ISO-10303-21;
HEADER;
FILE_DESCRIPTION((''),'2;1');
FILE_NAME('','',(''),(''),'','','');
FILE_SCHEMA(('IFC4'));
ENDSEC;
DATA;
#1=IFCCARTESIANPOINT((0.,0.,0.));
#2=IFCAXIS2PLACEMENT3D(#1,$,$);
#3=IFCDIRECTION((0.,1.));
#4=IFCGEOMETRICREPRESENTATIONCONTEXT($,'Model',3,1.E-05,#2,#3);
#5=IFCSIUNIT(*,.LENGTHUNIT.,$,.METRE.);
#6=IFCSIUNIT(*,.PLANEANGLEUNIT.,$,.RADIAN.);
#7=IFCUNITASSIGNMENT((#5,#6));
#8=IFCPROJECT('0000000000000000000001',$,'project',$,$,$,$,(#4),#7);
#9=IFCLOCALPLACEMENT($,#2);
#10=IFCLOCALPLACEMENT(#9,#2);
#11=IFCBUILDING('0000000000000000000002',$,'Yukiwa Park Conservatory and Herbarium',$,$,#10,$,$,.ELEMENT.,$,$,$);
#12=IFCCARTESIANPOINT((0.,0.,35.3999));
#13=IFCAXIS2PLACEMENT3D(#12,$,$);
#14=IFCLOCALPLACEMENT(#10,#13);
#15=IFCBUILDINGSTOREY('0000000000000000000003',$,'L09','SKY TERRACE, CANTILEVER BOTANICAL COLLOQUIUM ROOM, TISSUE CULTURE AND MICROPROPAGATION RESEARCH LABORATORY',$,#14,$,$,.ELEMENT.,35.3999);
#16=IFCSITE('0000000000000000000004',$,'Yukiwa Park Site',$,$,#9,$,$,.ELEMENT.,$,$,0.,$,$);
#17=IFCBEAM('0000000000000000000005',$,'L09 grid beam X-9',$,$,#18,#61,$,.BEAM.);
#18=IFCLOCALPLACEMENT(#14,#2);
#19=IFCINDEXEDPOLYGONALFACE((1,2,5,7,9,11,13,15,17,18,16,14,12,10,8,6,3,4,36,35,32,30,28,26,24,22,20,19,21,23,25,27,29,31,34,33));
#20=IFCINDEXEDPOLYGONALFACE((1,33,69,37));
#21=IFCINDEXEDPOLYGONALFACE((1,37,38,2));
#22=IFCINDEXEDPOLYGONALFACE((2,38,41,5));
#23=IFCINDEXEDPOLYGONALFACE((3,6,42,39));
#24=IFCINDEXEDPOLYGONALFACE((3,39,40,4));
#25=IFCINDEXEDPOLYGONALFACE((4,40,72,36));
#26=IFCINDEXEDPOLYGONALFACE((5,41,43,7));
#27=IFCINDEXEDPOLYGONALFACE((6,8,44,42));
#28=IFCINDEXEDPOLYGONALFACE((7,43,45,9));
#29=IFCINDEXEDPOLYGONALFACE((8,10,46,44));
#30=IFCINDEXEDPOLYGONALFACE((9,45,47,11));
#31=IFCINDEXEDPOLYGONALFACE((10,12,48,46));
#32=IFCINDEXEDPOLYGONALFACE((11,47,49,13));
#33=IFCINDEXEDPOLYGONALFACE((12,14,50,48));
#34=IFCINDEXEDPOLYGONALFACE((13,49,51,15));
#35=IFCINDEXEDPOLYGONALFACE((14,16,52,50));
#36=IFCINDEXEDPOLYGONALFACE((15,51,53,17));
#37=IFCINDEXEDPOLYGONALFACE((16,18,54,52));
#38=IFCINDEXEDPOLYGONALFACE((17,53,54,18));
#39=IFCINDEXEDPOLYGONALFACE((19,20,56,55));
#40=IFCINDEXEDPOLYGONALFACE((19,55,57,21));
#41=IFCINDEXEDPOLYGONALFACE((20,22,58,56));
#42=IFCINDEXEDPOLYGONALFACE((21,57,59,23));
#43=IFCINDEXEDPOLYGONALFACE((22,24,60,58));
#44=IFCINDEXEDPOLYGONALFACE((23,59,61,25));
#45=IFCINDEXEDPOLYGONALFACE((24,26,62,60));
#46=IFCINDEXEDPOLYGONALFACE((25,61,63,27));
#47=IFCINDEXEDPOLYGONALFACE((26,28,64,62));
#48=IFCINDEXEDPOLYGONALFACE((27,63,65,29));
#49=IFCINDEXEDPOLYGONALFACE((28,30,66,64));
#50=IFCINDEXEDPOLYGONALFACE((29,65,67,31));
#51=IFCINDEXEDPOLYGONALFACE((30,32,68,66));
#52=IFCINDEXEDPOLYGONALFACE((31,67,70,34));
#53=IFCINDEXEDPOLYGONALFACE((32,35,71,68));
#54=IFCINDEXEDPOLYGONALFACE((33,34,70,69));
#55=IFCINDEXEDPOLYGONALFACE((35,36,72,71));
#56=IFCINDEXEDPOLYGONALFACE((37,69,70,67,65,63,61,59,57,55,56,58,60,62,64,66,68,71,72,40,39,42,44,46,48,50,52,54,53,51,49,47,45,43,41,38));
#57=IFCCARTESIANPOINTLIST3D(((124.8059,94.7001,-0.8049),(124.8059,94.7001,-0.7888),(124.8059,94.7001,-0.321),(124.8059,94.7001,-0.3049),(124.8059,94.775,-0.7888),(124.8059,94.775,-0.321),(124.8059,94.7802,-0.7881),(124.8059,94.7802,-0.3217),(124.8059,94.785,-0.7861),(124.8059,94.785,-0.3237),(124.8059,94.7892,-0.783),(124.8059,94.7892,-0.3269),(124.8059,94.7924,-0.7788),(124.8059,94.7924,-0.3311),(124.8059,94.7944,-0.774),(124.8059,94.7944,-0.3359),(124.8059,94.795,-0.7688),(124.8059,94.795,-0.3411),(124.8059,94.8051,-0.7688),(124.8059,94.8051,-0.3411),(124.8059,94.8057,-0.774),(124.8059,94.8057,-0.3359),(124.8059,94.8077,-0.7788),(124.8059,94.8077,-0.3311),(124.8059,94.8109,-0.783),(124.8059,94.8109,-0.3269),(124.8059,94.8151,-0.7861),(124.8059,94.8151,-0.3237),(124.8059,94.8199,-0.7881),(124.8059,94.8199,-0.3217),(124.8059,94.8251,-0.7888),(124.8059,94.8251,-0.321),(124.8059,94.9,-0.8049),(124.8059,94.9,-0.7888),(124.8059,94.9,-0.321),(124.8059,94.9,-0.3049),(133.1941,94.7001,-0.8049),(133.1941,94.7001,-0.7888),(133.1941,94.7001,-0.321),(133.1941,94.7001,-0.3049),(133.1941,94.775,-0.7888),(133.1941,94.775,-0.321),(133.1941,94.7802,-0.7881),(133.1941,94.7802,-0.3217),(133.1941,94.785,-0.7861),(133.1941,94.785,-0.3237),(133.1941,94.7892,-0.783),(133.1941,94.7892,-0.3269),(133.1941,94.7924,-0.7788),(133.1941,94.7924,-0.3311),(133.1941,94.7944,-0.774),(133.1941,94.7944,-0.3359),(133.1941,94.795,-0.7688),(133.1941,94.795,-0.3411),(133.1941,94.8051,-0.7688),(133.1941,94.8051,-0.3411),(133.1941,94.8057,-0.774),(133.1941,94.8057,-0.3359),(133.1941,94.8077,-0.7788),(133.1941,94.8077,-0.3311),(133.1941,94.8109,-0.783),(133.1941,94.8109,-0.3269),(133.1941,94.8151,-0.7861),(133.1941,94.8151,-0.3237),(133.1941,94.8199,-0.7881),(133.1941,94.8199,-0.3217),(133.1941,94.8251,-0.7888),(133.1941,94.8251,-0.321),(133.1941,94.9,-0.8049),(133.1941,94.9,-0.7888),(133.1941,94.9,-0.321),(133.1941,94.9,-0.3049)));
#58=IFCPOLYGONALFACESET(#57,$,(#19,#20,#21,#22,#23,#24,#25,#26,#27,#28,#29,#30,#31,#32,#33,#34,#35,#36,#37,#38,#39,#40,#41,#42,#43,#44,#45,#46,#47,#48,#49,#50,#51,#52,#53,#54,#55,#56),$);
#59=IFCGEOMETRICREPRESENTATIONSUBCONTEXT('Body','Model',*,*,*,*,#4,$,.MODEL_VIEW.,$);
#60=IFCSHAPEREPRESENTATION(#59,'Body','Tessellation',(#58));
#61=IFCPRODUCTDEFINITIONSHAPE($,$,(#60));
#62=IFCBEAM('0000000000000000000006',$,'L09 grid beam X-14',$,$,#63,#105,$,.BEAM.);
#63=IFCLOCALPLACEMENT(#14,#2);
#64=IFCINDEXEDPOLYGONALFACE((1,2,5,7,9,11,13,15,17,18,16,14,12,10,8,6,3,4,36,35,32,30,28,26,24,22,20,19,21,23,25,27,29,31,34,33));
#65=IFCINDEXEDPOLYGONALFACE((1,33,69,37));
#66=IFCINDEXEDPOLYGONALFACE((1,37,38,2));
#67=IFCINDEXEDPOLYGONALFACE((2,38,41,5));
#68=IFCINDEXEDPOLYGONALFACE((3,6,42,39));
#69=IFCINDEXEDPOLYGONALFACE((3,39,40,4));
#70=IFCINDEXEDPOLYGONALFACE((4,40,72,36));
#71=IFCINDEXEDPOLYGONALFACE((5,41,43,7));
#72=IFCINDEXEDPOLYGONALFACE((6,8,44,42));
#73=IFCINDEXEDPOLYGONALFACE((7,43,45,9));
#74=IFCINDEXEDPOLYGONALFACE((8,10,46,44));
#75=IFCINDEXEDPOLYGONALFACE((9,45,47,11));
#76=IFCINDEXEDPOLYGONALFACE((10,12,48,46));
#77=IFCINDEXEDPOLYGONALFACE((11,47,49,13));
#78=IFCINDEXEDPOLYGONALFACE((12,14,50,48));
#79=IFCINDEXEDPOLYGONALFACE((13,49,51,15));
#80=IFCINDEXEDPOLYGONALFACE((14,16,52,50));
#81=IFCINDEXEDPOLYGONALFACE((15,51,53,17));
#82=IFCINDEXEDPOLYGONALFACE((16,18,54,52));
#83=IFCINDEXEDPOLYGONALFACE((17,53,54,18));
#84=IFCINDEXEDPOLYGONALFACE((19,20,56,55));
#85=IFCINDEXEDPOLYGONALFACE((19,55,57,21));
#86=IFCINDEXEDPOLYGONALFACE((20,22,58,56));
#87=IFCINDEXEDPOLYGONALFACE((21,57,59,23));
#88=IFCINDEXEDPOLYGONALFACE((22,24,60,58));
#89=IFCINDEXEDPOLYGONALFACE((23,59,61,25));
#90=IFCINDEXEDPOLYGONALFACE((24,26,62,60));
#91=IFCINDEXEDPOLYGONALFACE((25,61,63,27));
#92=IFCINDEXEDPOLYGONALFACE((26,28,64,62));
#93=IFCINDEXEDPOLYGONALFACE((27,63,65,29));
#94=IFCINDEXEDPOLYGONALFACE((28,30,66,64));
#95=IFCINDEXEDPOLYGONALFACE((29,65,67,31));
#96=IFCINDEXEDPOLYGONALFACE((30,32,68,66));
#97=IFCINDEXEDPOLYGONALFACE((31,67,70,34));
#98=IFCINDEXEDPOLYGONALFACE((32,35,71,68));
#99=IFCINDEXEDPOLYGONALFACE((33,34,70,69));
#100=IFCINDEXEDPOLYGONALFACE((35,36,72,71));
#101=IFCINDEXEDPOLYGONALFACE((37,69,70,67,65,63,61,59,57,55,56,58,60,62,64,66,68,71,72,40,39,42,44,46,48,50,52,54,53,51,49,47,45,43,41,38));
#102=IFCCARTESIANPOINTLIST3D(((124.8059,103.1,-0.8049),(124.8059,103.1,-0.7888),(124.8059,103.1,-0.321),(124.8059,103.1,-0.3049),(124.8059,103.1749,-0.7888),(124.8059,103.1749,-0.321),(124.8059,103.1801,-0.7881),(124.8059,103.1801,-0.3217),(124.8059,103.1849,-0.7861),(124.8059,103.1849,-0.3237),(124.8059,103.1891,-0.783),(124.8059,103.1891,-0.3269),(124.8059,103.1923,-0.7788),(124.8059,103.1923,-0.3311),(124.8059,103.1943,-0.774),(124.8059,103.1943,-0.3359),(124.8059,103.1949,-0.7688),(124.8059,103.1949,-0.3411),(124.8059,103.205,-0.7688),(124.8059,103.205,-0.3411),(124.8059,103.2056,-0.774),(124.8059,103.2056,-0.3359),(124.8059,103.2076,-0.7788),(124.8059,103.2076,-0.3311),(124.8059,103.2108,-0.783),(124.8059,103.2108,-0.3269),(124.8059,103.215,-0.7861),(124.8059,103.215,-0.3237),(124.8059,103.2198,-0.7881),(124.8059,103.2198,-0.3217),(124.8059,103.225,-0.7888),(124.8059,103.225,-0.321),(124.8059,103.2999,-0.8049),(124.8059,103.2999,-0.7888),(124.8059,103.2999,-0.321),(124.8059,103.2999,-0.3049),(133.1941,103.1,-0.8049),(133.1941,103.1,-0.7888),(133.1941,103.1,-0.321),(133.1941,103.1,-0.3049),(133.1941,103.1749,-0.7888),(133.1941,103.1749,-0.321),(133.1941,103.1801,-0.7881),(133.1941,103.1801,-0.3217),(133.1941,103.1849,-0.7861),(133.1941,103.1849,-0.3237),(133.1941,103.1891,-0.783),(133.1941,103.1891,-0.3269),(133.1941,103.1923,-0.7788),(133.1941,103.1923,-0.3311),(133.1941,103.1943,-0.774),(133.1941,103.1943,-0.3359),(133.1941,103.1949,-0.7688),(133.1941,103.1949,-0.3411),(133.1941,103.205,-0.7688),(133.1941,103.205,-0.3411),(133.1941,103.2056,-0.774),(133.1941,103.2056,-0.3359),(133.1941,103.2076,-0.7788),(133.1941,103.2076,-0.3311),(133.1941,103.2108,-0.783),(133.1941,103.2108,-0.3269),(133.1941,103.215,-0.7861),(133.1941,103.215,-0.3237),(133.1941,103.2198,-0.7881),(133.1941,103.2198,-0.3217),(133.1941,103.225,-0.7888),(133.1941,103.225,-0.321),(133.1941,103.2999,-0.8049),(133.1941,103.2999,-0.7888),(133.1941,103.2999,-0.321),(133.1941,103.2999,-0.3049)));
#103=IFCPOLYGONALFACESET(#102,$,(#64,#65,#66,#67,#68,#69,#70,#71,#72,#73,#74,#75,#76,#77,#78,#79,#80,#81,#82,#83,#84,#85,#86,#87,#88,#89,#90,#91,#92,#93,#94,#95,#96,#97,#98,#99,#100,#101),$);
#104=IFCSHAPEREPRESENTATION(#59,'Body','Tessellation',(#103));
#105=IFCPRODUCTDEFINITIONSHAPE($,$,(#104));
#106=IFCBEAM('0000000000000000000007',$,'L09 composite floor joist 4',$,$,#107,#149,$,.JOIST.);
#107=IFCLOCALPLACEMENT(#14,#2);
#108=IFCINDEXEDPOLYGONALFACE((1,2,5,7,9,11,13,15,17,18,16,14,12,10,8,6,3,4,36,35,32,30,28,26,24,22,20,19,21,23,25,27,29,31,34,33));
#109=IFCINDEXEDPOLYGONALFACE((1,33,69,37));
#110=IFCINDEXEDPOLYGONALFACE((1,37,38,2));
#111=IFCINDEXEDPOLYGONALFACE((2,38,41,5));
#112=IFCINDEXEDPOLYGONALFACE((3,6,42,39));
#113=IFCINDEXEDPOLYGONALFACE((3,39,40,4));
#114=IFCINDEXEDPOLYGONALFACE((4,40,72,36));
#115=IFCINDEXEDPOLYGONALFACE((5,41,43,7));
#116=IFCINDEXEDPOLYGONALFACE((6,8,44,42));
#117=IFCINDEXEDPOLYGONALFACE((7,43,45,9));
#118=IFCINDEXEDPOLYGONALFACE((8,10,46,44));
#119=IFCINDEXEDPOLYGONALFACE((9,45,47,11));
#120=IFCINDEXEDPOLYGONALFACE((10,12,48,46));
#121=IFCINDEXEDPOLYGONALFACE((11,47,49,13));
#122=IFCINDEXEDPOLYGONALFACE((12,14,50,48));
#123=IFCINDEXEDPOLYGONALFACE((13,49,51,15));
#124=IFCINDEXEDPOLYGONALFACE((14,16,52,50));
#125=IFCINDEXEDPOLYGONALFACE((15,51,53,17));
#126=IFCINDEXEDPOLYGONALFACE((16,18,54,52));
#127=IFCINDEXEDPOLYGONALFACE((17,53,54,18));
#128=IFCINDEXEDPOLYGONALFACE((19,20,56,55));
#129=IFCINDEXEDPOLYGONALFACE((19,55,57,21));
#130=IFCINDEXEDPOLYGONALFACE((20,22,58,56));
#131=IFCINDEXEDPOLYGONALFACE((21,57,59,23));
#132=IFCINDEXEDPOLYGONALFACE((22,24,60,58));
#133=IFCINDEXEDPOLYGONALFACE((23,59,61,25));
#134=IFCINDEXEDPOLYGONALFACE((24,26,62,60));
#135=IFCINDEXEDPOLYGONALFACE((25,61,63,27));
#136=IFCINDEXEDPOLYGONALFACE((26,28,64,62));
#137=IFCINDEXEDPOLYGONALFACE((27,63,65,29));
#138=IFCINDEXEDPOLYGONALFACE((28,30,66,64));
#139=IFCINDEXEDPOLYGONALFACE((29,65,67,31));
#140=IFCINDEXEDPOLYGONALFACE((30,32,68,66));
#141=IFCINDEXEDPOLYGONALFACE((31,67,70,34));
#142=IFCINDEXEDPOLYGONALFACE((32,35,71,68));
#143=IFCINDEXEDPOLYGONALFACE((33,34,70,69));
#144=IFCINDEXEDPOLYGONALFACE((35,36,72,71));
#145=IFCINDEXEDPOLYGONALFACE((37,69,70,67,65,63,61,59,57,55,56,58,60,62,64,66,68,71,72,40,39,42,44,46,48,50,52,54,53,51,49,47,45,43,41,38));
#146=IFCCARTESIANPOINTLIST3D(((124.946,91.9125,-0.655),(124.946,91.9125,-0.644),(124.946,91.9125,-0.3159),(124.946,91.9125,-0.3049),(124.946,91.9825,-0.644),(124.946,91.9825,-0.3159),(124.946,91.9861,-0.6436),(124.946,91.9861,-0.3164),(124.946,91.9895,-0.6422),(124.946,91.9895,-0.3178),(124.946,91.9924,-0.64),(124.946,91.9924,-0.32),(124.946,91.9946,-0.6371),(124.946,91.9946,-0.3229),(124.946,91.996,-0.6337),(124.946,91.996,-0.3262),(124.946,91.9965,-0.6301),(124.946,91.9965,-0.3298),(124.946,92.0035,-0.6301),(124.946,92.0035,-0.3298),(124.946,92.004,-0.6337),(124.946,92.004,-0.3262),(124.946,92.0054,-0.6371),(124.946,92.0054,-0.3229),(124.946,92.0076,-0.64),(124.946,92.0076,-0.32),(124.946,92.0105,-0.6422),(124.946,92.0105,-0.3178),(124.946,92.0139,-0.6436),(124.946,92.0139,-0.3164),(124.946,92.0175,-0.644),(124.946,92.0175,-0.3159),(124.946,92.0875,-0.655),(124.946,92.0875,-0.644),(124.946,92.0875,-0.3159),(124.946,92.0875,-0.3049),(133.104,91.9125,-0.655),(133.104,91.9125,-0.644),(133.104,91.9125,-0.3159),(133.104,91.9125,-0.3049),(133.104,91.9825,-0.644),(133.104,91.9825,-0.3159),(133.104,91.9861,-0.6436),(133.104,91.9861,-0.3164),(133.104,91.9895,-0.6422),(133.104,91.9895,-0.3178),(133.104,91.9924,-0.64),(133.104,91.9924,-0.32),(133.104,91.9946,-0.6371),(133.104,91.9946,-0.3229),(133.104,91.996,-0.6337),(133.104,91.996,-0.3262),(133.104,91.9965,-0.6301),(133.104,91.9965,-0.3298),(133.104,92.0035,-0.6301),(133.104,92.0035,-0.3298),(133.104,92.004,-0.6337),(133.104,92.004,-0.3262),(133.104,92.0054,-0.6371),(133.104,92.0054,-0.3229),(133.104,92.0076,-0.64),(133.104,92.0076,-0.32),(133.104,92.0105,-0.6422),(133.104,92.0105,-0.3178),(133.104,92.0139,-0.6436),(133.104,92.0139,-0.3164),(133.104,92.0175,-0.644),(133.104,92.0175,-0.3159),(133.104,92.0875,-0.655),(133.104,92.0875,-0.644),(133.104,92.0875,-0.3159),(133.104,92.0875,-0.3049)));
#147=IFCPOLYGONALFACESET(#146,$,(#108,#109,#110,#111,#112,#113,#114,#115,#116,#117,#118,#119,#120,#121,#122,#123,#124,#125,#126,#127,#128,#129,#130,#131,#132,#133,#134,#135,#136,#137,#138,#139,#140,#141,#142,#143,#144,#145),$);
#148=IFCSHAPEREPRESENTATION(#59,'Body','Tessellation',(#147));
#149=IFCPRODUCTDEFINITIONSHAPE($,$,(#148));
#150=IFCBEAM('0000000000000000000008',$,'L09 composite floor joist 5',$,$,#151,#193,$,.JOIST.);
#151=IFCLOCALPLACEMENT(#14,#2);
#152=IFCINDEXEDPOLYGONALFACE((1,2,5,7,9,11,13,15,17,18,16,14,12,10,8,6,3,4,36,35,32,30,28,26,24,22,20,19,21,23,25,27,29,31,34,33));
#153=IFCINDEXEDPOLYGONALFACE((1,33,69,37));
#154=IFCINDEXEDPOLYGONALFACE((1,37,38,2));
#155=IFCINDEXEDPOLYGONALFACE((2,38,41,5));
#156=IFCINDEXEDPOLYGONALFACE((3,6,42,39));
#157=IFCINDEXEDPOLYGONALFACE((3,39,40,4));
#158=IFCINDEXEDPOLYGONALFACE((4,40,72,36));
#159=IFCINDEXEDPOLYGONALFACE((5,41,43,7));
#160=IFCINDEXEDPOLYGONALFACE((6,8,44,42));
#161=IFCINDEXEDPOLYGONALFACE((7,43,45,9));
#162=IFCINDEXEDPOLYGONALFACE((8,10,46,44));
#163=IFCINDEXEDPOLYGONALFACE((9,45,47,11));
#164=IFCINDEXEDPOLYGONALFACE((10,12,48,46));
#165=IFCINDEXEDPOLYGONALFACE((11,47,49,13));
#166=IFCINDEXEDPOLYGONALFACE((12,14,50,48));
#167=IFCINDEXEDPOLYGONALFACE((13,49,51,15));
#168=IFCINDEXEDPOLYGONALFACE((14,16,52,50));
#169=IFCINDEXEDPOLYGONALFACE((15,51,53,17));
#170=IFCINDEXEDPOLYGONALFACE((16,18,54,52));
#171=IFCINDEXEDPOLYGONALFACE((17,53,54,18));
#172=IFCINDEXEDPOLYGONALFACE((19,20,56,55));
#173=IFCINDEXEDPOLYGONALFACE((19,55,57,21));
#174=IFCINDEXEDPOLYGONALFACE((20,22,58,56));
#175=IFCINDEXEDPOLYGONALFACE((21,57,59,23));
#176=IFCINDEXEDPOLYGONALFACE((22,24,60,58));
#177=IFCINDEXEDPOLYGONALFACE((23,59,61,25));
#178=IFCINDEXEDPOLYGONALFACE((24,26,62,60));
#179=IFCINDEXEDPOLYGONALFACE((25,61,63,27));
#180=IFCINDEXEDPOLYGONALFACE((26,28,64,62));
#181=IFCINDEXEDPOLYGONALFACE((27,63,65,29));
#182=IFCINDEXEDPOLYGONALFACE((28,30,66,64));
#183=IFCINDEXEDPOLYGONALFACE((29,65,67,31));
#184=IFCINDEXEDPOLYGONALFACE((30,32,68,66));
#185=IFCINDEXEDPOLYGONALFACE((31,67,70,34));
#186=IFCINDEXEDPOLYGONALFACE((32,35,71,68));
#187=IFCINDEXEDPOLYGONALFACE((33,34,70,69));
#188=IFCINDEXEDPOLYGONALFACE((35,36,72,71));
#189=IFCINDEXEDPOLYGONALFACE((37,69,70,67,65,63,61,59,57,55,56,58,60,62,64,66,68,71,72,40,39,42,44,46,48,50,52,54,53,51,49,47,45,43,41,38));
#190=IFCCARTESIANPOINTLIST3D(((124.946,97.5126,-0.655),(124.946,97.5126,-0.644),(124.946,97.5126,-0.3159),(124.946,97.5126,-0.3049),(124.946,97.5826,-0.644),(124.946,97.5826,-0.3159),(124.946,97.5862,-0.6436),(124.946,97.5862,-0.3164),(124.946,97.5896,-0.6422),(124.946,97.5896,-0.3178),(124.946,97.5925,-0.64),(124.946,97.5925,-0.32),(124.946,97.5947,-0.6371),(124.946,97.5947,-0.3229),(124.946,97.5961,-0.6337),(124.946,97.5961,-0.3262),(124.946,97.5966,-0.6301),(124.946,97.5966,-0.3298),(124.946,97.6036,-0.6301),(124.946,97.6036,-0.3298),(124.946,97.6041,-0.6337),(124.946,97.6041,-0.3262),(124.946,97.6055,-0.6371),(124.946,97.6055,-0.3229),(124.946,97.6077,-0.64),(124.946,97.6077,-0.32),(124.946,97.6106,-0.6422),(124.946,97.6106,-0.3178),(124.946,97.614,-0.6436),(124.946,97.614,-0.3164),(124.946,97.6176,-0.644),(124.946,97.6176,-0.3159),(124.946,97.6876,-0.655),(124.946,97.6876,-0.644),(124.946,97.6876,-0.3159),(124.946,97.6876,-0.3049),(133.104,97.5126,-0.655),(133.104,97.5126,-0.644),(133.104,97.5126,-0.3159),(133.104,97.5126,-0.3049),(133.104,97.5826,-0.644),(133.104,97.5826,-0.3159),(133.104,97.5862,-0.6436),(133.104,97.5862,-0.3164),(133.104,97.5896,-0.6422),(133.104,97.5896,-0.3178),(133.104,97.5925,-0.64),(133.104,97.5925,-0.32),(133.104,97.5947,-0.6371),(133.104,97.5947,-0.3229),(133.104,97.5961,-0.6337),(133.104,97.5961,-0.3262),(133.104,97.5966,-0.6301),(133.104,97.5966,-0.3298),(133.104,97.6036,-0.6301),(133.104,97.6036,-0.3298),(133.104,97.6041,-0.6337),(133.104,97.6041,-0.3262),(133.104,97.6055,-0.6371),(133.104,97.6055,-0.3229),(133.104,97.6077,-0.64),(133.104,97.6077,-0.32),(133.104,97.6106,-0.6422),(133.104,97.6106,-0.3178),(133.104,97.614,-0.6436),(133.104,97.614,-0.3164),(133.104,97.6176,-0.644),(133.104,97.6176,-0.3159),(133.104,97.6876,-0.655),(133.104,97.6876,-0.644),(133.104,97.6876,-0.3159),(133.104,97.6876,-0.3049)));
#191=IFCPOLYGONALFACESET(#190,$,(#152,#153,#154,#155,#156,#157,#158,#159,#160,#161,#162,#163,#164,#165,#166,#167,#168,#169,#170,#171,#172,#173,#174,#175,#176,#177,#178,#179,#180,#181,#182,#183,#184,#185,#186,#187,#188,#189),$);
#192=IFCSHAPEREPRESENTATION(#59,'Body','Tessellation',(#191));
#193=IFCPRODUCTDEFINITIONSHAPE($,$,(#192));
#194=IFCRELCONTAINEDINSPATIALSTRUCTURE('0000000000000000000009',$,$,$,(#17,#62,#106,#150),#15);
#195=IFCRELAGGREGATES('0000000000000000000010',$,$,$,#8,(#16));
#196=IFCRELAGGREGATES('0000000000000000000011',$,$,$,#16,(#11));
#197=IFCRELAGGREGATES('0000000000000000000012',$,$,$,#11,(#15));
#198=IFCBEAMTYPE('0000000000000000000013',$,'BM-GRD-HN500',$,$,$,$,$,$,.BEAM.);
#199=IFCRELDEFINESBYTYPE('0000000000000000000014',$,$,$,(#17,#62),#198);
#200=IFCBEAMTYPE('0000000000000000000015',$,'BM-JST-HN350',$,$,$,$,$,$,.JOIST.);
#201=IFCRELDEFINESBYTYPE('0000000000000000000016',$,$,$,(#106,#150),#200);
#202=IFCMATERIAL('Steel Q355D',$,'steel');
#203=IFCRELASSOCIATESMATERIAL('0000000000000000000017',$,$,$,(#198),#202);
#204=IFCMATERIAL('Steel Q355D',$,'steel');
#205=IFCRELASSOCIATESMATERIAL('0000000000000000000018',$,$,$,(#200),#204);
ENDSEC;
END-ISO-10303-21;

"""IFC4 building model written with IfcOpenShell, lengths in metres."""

from ifc_helpers import new_model, si_unit, direction, frame, origin, origin_2d, place, context, subcontext, project, spatial, i_section, extrude, material, material_profile, profile_set, type_object, element, save


model = new_model("IFC4")

# Units and contexts
model_context = context("Model", 3, precision=1e-05, world=origin(), true_north=direction((0.0, 1.0)))
body_context = subcontext(model_context, "Body", "Model", "MODEL_VIEW")
ifc_project = project(units=[si_unit("LENGTHUNIT", "METRE"), si_unit("PLANEANGLEUNIT", "RADIAN")], contexts=[model_context])

# Site, building, storey
site_placement = place(None, origin())
site = spatial("IfcSite", under=ifc_project, at=site_placement, Name="Yukiwa Park Site", CompositionType="ELEMENT", RefElevation=0.0)
building_placement = place(site_placement, origin())
building = spatial("IfcBuilding", under=site, at=building_placement, Name="Yukiwa Park Conservatory and Herbarium", CompositionType="ELEMENT")
storey_placement = place(building_placement, frame((0.0, 0.0, 35.3999)))
storey = spatial("IfcBuildingStorey", under=building, at=storey_placement, Name="L09", Description="SKY TERRACE, CANTILEVER BOTANICAL COLLOQUIUM ROOM, TISSUE CULTURE AND MICROPROPAGATION RESEARCH LABORATORY", CompositionType="ELEMENT", Elevation=35.3999)

# Beams
ifc_material_1 = material(Name="Steel Q355D", Category="steel")
ifc_material_profile_1 = material_profile(ifc_material_1, i_section(OverallWidth=0.2, OverallDepth=0.5, WebThickness=0.01, FlangeThickness=0.0161, FilletRadius=0.02, at=origin_2d()), Name="HN 500x200x10x16")
ifc_profile_set_1 = profile_set([ifc_material_profile_1], Name="Steel Q355D")
beam_type_1 = type_object("IfcBeamType", Name="BM-GRD-HN500", PredefinedType="BEAM", material=ifc_profile_set_1)
for number, where, z_axis, x_axis, name in (
    (1, (124.8059, 94.8, -0.5549), (1.0, 0.0, 0.0), (0.0, 1.0, 0.0), "L09 grid beam X-9"),
    (2, (124.8059, 103.2, -0.5549), (1.0, 0.0, 0.0), (0.0, 1.0, 0.0), "L09 grid beam X-14"),
):
    element("IfcBeam", number, at=place(storey_placement, frame(where, z_axis=z_axis, x_axis=x_axis)), inside=storey, type_object=beam_type_1, Name=name, PredefinedType="BEAM", context=body_context, shape_type="SweptSolid", body=[
        extrude(i_section(OverallWidth=0.2, OverallDepth=0.5, WebThickness=0.01, FlangeThickness=0.0161, FilletRadius=0.02, at=origin_2d()), origin(), (0.0, 0.0, 1.0), 8.3882),
    ])
ifc_material_2 = material(Name="Steel Q355D", Category="steel")
ifc_material_profile_2 = material_profile(ifc_material_2, i_section(OverallWidth=0.175, OverallDepth=0.3501, WebThickness=0.0071, FlangeThickness=0.011, FilletRadius=0.0139, at=origin_2d()), Name="HN 350x175x7x11")
ifc_profile_set_2 = profile_set([ifc_material_profile_2], Name="Steel Q355D")
beam_type_2 = type_object("IfcBeamType", Name="BM-JST-HN350", PredefinedType="JOIST", material=ifc_profile_set_2)
for number, where, z_axis, x_axis, name in (
    (3, (124.946, 92.0, -0.48), (1.0, 0.0, 0.0), (0.0, 1.0, 0.0), "L09 composite floor joist 4"),
    (4, (124.946, 97.6001, -0.48), (1.0, 0.0, 0.0), (0.0, 1.0, 0.0), "L09 composite floor joist 5"),
):
    element("IfcBeam", number, at=place(storey_placement, frame(where, z_axis=z_axis, x_axis=x_axis)), inside=storey, type_object=beam_type_2, Name=name, PredefinedType="JOIST", context=body_context, shape_type="SweptSolid", body=[
        extrude(i_section(OverallWidth=0.175, OverallDepth=0.3501, WebThickness=0.0071, FlangeThickness=0.011, FilletRadius=0.0139, at=origin_2d()), origin(), (0.0, 0.0, 1.0), 8.158),
    ])

save(model, "model.ifc")
